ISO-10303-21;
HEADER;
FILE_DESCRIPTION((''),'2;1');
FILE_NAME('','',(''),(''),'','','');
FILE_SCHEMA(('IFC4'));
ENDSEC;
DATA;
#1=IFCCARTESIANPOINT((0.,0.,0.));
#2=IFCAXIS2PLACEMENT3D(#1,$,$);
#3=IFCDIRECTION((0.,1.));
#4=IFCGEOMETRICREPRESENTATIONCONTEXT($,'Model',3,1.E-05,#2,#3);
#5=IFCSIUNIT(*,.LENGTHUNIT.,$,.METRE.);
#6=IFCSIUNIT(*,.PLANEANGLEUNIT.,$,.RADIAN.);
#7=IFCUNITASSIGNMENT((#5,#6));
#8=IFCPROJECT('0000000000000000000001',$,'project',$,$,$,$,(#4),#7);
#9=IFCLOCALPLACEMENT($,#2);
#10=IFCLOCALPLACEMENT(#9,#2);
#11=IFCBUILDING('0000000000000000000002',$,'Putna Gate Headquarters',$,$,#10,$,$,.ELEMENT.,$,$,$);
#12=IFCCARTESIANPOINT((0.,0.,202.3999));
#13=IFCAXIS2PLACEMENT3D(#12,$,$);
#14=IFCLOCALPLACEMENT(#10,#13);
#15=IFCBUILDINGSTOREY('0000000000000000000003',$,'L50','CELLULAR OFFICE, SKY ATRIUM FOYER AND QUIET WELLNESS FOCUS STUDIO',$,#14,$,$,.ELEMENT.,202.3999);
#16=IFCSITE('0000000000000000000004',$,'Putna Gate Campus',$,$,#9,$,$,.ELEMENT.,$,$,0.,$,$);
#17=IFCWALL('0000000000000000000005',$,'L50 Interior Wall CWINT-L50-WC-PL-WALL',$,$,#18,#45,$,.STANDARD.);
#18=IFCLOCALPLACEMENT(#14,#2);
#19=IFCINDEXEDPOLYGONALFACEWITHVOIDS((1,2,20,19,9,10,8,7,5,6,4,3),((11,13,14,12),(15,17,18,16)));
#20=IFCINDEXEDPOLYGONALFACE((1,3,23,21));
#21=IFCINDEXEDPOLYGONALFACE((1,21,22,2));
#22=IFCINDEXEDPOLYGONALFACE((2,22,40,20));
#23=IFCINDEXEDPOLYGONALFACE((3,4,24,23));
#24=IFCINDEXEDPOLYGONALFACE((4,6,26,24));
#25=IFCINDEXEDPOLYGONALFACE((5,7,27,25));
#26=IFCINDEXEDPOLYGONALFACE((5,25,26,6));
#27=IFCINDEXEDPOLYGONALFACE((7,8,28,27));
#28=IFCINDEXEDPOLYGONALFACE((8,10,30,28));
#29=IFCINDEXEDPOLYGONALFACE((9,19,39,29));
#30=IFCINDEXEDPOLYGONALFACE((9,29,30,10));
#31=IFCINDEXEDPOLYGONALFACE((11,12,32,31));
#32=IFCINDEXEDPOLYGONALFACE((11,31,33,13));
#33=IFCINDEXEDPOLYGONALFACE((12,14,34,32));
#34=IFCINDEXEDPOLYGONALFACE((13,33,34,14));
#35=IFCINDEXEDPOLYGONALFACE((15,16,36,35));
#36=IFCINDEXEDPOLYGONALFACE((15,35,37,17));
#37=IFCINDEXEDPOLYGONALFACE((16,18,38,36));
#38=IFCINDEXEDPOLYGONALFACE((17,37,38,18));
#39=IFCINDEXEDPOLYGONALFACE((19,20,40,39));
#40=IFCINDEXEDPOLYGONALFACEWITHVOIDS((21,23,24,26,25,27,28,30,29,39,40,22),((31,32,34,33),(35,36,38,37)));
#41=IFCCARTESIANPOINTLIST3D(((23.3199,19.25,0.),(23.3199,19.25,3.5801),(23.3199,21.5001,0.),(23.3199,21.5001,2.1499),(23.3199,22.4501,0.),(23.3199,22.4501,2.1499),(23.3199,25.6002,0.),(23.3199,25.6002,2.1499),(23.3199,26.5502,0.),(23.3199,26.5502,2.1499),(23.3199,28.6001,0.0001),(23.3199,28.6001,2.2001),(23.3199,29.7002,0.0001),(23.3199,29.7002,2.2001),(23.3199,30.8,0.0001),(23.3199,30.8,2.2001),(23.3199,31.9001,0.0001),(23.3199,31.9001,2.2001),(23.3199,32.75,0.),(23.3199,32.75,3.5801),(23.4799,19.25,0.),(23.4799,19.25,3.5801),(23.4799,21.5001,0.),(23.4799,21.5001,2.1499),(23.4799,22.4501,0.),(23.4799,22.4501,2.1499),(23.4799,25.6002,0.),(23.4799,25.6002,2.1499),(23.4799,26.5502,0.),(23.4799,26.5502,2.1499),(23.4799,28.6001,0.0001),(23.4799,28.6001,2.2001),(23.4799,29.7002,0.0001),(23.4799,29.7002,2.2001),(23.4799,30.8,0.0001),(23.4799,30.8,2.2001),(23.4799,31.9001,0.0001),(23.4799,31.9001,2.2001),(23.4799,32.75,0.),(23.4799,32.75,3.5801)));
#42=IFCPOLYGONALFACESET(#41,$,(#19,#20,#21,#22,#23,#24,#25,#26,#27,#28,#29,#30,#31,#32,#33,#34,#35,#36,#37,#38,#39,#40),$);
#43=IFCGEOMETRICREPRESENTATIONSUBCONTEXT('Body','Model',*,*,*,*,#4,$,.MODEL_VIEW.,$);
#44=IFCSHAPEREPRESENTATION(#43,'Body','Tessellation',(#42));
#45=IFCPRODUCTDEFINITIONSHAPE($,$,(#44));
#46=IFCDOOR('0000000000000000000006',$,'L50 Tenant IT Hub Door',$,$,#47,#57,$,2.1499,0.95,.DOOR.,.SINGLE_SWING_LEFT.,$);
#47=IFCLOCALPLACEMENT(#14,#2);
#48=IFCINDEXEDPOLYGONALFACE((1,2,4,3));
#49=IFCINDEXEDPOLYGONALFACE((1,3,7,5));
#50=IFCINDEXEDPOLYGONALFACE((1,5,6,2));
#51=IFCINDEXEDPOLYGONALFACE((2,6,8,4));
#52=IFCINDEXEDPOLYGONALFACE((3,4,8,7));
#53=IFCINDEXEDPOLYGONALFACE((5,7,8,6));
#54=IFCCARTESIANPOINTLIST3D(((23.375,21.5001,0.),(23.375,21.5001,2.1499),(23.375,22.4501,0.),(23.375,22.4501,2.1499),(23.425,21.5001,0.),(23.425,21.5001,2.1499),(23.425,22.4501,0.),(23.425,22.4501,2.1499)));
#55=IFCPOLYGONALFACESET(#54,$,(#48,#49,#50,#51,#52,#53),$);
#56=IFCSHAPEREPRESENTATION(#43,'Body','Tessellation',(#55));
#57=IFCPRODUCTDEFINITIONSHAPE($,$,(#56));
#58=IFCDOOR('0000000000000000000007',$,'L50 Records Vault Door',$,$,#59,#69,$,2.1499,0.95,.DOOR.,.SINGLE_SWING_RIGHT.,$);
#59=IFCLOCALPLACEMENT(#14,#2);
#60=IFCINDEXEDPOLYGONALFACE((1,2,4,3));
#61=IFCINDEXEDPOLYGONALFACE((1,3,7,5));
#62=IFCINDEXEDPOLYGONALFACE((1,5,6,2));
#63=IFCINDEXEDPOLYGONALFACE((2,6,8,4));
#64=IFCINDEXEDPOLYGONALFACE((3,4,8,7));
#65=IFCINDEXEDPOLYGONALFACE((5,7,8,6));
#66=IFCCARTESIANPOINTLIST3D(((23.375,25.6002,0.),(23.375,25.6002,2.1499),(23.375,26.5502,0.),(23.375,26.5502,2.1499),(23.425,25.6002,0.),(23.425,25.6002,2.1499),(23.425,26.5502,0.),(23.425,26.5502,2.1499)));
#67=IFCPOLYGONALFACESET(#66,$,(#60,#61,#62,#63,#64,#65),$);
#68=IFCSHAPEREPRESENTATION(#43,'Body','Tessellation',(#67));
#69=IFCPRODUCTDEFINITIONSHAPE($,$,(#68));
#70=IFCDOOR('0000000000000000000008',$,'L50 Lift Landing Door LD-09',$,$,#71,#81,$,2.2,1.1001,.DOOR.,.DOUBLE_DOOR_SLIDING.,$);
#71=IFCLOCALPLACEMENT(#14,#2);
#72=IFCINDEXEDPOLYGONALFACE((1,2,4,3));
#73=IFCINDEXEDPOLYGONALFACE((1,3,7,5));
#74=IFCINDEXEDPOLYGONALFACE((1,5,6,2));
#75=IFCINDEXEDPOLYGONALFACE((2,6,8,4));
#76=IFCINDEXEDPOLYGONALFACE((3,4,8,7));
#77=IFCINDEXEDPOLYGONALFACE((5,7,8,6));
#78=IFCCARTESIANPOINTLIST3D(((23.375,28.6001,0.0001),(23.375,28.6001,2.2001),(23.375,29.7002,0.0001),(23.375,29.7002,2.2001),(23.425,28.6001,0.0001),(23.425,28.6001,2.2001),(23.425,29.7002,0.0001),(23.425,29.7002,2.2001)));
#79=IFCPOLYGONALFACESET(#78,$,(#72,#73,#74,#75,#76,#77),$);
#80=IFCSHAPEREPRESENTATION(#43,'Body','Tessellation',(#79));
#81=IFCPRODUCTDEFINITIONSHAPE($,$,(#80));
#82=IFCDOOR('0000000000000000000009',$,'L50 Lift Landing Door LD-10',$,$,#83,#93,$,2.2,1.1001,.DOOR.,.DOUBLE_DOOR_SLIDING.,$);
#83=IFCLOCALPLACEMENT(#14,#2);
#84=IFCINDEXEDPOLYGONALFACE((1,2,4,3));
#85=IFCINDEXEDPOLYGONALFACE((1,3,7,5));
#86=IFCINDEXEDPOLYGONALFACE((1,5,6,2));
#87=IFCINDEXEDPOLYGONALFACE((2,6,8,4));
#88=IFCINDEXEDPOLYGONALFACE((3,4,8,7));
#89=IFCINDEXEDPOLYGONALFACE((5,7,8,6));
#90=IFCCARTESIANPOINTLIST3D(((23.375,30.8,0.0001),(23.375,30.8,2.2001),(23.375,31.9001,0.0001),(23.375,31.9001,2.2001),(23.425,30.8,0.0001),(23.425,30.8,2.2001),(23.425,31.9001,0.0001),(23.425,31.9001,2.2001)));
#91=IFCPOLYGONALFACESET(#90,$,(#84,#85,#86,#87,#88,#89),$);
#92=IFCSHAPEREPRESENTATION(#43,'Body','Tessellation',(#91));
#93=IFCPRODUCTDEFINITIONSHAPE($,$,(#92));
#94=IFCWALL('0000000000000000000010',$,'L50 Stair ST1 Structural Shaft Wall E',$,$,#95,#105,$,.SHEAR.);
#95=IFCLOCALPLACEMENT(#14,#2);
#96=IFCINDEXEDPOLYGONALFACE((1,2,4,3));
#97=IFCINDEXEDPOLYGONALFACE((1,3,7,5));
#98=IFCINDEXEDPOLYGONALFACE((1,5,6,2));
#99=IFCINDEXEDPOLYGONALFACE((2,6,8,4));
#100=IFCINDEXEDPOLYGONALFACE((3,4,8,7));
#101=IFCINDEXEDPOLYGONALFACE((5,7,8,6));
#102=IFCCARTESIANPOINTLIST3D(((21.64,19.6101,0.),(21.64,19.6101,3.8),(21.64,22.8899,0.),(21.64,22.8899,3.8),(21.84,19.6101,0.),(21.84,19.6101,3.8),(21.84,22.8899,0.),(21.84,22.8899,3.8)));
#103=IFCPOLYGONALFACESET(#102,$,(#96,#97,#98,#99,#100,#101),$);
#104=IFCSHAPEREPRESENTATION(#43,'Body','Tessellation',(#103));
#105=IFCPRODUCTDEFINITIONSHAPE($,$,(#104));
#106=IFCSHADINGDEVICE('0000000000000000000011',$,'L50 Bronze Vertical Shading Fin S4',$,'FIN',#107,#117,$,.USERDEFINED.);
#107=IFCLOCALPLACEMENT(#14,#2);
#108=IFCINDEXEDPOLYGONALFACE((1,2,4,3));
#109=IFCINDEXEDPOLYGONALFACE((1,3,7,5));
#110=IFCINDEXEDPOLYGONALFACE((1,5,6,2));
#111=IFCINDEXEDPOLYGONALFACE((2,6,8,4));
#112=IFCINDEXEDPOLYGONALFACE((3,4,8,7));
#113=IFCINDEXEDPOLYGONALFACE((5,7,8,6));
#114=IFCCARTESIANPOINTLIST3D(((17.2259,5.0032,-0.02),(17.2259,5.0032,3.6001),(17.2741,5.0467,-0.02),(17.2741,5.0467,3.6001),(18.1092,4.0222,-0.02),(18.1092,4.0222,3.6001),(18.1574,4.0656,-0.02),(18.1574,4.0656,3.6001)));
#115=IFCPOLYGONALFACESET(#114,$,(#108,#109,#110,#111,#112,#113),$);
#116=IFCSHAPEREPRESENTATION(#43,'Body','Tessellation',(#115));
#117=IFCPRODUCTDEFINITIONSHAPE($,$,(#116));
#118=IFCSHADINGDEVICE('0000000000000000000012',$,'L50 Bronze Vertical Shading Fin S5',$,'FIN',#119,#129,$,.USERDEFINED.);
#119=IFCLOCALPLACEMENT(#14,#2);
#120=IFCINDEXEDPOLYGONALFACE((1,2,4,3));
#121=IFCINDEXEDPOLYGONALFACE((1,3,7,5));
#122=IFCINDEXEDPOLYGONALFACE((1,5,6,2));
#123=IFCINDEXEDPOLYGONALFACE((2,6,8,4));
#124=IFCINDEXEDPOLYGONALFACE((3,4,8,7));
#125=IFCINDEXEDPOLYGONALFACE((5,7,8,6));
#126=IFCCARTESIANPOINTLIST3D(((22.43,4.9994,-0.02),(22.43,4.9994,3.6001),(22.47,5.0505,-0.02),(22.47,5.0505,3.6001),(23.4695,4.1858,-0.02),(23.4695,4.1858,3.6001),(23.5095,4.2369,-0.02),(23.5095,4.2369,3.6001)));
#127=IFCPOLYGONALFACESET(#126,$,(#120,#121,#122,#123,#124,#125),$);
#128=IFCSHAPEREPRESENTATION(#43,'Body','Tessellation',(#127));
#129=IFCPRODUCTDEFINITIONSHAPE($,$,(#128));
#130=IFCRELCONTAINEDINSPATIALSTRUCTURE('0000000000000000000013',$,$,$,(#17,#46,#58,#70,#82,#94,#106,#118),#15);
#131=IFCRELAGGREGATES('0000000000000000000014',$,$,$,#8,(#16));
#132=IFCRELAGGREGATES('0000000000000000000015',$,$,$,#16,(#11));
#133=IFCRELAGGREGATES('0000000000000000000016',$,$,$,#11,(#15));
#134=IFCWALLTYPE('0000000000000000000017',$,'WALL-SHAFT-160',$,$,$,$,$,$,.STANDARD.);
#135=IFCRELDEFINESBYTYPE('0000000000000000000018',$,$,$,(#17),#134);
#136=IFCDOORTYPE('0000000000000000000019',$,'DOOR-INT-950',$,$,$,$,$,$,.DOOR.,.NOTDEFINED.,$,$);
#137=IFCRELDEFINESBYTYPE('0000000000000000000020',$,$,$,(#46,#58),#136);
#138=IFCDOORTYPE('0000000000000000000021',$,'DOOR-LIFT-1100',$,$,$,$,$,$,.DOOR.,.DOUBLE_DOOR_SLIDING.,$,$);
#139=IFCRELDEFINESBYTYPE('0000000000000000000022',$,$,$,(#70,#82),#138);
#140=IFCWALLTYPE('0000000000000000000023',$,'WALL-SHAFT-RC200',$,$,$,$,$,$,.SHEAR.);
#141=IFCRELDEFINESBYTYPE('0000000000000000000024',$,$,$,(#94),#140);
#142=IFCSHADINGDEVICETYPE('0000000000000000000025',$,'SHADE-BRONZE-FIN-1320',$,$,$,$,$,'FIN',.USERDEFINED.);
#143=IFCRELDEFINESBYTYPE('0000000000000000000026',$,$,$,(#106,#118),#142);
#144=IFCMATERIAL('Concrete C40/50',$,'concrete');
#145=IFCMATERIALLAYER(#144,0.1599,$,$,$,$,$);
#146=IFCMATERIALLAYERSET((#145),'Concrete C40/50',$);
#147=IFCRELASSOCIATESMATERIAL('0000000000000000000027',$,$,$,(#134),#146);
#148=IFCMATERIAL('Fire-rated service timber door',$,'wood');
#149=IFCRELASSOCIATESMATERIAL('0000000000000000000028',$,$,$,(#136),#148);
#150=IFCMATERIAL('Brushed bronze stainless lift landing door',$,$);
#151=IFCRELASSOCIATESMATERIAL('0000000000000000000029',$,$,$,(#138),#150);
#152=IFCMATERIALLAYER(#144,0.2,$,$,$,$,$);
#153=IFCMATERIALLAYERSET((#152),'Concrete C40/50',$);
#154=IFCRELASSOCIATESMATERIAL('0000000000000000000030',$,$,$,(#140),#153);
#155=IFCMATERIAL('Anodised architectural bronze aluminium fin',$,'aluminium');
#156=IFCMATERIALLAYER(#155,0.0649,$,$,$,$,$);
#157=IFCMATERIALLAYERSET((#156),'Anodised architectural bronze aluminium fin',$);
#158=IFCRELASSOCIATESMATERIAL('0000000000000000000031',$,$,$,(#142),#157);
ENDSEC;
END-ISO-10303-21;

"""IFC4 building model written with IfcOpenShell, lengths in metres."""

from ifc_helpers import new_model, si_unit, direction, frame, frame_2d, origin, origin_2d, place, context, subcontext, project, spatial, rectangle, extrude, material, layer, layer_set, type_object, element, fill, save


model = new_model("IFC4")

# Units and contexts
model_context = context("Model", 3, precision=1e-05, world=origin(), true_north=direction((0.0, 1.0)))
body_context = subcontext(model_context, "Body", "Model", "MODEL_VIEW")
ifc_project = project(units=[si_unit("LENGTHUNIT", "METRE"), si_unit("PLANEANGLEUNIT", "RADIAN")], contexts=[model_context])

# Site, building, storey
site_placement = place(None, origin())
site = spatial("IfcSite", under=ifc_project, at=site_placement, Name="Putna Gate Campus", CompositionType="ELEMENT", RefElevation=0.0)
building_placement = place(site_placement, origin())
building = spatial("IfcBuilding", under=site, at=building_placement, Name="Putna Gate Headquarters", CompositionType="ELEMENT")
storey_placement = place(building_placement, frame((0.0, 0.0, 202.3999)))
storey = spatial("IfcBuildingStorey", under=building, at=storey_placement, Name="L50", Description="CELLULAR OFFICE, SKY ATRIUM FOYER AND QUIET WELLNESS FOCUS STUDIO", CompositionType="ELEMENT", Elevation=202.3999)

# Wall, openings, doors
ifc_material_1 = material(Name="Concrete C40/50", Category="concrete")
ifc_layer_1 = layer(ifc_material_1, 0.1599)
ifc_layer_set_1 = layer_set([ifc_layer_1], Name="Concrete C40/50")
wall_type_1 = type_object("IfcWallType", Name="WALL-SHAFT-160", PredefinedType="STANDARD", material=ifc_layer_set_1)
wall_1_placement = place(storey_placement, frame((23.3999, 19.25, 0.0), z_axis=(0.0, 0.0, 1.0), x_axis=(0.0, 1.0, 0.0)))
wall_1 = element("IfcWall", 1, at=wall_1_placement, inside=storey, type_object=wall_type_1, Name="L50 Interior Wall CWINT-L50-WC-PL-WALL", PredefinedType="STANDARD", context=body_context, shape_type="SweptSolid", body=[
    extrude(rectangle(XDim=13.5, YDim=0.1599, at=frame_2d((6.75, 0.0))), origin(), (0.0, 0.0, 1.0), 3.5801),
])
opening_1_placement = place(wall_1_placement, frame((2.25, 0.0, 0.0)))
opening_1 = element("IfcOpeningElement", 2, at=opening_1_placement, cuts=wall_1, PredefinedType="OPENING", context=body_context, shape_type="SweptSolid", body=[
    extrude(rectangle(XDim=0.95, YDim=2.1499, at=frame_2d((0.4751, 1.075))), frame((0.0, 0.0898, 0.0), z_axis=(0.0, -1.0, 0.0), x_axis=(1.0, 0.0, 0.0)), (0.0, 0.0, 1.0), 0.1799),
])
opening_2_placement = place(wall_1_placement, frame((6.3501, 0.0, 0.0)))
opening_2 = element("IfcOpeningElement", 3, at=opening_2_placement, cuts=wall_1, PredefinedType="OPENING", context=body_context, shape_type="SweptSolid", body=[
    extrude(rectangle(XDim=0.95, YDim=2.1499, at=frame_2d((0.4751, 1.075))), frame((0.0, 0.0898, 0.0), z_axis=(0.0, -1.0, 0.0), x_axis=(1.0, 0.0, 0.0)), (0.0, 0.0, 1.0), 0.1799),
])
opening_3_placement = place(wall_1_placement, frame((9.3501, 0.0, 0.0)))
opening_3 = element("IfcOpeningElement", 4, at=opening_3_placement, cuts=wall_1, PredefinedType="OPENING", context=body_context, shape_type="SweptSolid", body=[
    extrude(rectangle(XDim=1.1001, YDim=2.2, at=frame_2d((0.55, 1.1001))), frame((0.0, 0.0898, 0.0), z_axis=(0.0, -1.0, 0.0), x_axis=(1.0, 0.0, 0.0)), (0.0, 0.0, 1.0), 0.1799),
])
opening_4_placement = place(wall_1_placement, frame((11.55, 0.0, 0.0)))
opening_4 = element("IfcOpeningElement", 5, at=opening_4_placement, cuts=wall_1, PredefinedType="OPENING", context=body_context, shape_type="SweptSolid", body=[
    extrude(rectangle(XDim=1.1001, YDim=2.2, at=frame_2d((0.55, 1.1001))), frame((0.0, 0.0898, 0.0), z_axis=(0.0, -1.0, 0.0), x_axis=(1.0, 0.0, 0.0)), (0.0, 0.0, 1.0), 0.1799),
])
ifc_material_2 = material(Name="Fire-rated service timber door", Category="wood")
door_type_1 = type_object("IfcDoorType", Name="DOOR-INT-950", OperationType="NOTDEFINED", PredefinedType="DOOR", material=ifc_material_2)
door_1_placement = place(opening_1_placement, origin())
door_1 = element("IfcDoor", 6, at=door_1_placement, inside=storey, type_object=door_type_1, Name="L50 Tenant IT Hub Door", OperationType="SINGLE_SWING_LEFT", OverallHeight=2.1499, OverallWidth=0.95, PredefinedType="DOOR", context=body_context, shape_type="SweptSolid", body=[
    extrude(rectangle(XDim=0.95, YDim=2.1499, at=frame_2d((0.4751, 1.075))), frame((0.0, 0.0249, 0.0), z_axis=(0.0, -1.0, 0.0), x_axis=(1.0, 0.0, 0.0)), (0.0, 0.0, 1.0), 0.05),
])
fill(opening_1, door_1)
door_2_placement = place(opening_2_placement, origin())
door_2 = element("IfcDoor", 7, at=door_2_placement, inside=storey, type_object=door_type_1, Name="L50 Records Vault Door", OperationType="SINGLE_SWING_RIGHT", OverallHeight=2.1499, OverallWidth=0.95, PredefinedType="DOOR", context=body_context, shape_type="SweptSolid", body=[
    extrude(rectangle(XDim=0.95, YDim=2.1499, at=frame_2d((0.4751, 1.075))), frame((0.0, 0.0249, 0.0), z_axis=(0.0, -1.0, 0.0), x_axis=(1.0, 0.0, 0.0)), (0.0, 0.0, 1.0), 0.05),
])
fill(opening_2, door_2)
ifc_material_3 = material(Name="Brushed bronze stainless lift landing door")
door_type_2 = type_object("IfcDoorType", Name="DOOR-LIFT-1100", OperationType="DOUBLE_DOOR_SLIDING", PredefinedType="DOOR", material=ifc_material_3)
door_3_placement = place(opening_3_placement, origin())
door_3 = element("IfcDoor", 8, at=door_3_placement, inside=storey, type_object=door_type_2, Name="L50 Lift Landing Door LD-09", OperationType="DOUBLE_DOOR_SLIDING", OverallHeight=2.2, OverallWidth=1.1001, PredefinedType="DOOR", context=body_context, shape_type="SweptSolid", body=[
    extrude(rectangle(XDim=1.1001, YDim=2.2, at=frame_2d((0.55, 1.1001))), frame((0.0, 0.0249, 0.0), z_axis=(0.0, -1.0, 0.0), x_axis=(1.0, 0.0, 0.0)), (0.0, 0.0, 1.0), 0.05),
])
fill(opening_3, door_3)
door_4_placement = place(opening_4_placement, origin())
door_4 = element("IfcDoor", 9, at=door_4_placement, inside=storey, type_object=door_type_2, Name="L50 Lift Landing Door LD-10", OperationType="DOUBLE_DOOR_SLIDING", OverallHeight=2.2, OverallWidth=1.1001, PredefinedType="DOOR", context=body_context, shape_type="SweptSolid", body=[
    extrude(rectangle(XDim=1.1001, YDim=2.2, at=frame_2d((0.55, 1.1001))), frame((0.0, 0.0249, 0.0), z_axis=(0.0, -1.0, 0.0), x_axis=(1.0, 0.0, 0.0)), (0.0, 0.0, 1.0), 0.05),
])
fill(opening_4, door_4)

# Wall
ifc_layer_2 = layer(ifc_material_1, 0.2)
ifc_layer_set_2 = layer_set([ifc_layer_2], Name="Concrete C40/50")
wall_type_2 = type_object("IfcWallType", Name="WALL-SHAFT-RC200", PredefinedType="SHEAR", material=ifc_layer_set_2)
wall_2_placement = place(storey_placement, frame((21.74, 19.6101, 0.0), z_axis=(0.0, 0.0, 1.0), x_axis=(0.0, 1.0, 0.0)))
element("IfcWall", 10, at=wall_2_placement, inside=storey, type_object=wall_type_2, Name="L50 Stair ST1 Structural Shaft Wall E", PredefinedType="SHEAR", context=body_context, shape_type="SweptSolid", body=[
    extrude(rectangle(XDim=3.2798, YDim=0.2, at=frame_2d((1.6399, 0.0))), origin(), (0.0, 0.0, 1.0), 3.8),
])

# Shading devices
ifc_material_4 = material(Name="Anodised architectural bronze aluminium fin", Category="aluminium")
ifc_layer_3 = layer(ifc_material_4, 0.0649)
ifc_layer_set_3 = layer_set([ifc_layer_3], Name="Anodised architectural bronze aluminium fin")
shading_device_type = type_object("IfcShadingDeviceType", Name="SHADE-BRONZE-FIN-1320", ElementType="FIN", PredefinedType="USERDEFINED", material=ifc_layer_set_3)
for number, where, z_axis, x_axis, name in (
    (11, (17.6917, 4.5344, -0.02), (0.0, 0.0, 1.0), (0.669131, -0.743145, 0.0), "L50 Bronze Vertical Shading Fin S4"),
    (12, (22.9697, 4.6182, -0.02), (0.0, 0.0, 1.0), (0.787473, -0.616349, 0.0), "L50 Bronze Vertical Shading Fin S5"),
):
    element("IfcShadingDevice", number, at=place(storey_placement, frame(where, z_axis=z_axis, x_axis=x_axis)), inside=storey, type_object=shading_device_type, Name=name, ObjectType="FIN", PredefinedType="USERDEFINED", context=body_context, shape_type="SweptSolid", body=[
        extrude(rectangle(XDim=1.3201, YDim=0.0649, at=origin_2d()), origin(), (0.0, 0.0, 1.0), 3.6201),
    ])

save(model, "model.ifc")
